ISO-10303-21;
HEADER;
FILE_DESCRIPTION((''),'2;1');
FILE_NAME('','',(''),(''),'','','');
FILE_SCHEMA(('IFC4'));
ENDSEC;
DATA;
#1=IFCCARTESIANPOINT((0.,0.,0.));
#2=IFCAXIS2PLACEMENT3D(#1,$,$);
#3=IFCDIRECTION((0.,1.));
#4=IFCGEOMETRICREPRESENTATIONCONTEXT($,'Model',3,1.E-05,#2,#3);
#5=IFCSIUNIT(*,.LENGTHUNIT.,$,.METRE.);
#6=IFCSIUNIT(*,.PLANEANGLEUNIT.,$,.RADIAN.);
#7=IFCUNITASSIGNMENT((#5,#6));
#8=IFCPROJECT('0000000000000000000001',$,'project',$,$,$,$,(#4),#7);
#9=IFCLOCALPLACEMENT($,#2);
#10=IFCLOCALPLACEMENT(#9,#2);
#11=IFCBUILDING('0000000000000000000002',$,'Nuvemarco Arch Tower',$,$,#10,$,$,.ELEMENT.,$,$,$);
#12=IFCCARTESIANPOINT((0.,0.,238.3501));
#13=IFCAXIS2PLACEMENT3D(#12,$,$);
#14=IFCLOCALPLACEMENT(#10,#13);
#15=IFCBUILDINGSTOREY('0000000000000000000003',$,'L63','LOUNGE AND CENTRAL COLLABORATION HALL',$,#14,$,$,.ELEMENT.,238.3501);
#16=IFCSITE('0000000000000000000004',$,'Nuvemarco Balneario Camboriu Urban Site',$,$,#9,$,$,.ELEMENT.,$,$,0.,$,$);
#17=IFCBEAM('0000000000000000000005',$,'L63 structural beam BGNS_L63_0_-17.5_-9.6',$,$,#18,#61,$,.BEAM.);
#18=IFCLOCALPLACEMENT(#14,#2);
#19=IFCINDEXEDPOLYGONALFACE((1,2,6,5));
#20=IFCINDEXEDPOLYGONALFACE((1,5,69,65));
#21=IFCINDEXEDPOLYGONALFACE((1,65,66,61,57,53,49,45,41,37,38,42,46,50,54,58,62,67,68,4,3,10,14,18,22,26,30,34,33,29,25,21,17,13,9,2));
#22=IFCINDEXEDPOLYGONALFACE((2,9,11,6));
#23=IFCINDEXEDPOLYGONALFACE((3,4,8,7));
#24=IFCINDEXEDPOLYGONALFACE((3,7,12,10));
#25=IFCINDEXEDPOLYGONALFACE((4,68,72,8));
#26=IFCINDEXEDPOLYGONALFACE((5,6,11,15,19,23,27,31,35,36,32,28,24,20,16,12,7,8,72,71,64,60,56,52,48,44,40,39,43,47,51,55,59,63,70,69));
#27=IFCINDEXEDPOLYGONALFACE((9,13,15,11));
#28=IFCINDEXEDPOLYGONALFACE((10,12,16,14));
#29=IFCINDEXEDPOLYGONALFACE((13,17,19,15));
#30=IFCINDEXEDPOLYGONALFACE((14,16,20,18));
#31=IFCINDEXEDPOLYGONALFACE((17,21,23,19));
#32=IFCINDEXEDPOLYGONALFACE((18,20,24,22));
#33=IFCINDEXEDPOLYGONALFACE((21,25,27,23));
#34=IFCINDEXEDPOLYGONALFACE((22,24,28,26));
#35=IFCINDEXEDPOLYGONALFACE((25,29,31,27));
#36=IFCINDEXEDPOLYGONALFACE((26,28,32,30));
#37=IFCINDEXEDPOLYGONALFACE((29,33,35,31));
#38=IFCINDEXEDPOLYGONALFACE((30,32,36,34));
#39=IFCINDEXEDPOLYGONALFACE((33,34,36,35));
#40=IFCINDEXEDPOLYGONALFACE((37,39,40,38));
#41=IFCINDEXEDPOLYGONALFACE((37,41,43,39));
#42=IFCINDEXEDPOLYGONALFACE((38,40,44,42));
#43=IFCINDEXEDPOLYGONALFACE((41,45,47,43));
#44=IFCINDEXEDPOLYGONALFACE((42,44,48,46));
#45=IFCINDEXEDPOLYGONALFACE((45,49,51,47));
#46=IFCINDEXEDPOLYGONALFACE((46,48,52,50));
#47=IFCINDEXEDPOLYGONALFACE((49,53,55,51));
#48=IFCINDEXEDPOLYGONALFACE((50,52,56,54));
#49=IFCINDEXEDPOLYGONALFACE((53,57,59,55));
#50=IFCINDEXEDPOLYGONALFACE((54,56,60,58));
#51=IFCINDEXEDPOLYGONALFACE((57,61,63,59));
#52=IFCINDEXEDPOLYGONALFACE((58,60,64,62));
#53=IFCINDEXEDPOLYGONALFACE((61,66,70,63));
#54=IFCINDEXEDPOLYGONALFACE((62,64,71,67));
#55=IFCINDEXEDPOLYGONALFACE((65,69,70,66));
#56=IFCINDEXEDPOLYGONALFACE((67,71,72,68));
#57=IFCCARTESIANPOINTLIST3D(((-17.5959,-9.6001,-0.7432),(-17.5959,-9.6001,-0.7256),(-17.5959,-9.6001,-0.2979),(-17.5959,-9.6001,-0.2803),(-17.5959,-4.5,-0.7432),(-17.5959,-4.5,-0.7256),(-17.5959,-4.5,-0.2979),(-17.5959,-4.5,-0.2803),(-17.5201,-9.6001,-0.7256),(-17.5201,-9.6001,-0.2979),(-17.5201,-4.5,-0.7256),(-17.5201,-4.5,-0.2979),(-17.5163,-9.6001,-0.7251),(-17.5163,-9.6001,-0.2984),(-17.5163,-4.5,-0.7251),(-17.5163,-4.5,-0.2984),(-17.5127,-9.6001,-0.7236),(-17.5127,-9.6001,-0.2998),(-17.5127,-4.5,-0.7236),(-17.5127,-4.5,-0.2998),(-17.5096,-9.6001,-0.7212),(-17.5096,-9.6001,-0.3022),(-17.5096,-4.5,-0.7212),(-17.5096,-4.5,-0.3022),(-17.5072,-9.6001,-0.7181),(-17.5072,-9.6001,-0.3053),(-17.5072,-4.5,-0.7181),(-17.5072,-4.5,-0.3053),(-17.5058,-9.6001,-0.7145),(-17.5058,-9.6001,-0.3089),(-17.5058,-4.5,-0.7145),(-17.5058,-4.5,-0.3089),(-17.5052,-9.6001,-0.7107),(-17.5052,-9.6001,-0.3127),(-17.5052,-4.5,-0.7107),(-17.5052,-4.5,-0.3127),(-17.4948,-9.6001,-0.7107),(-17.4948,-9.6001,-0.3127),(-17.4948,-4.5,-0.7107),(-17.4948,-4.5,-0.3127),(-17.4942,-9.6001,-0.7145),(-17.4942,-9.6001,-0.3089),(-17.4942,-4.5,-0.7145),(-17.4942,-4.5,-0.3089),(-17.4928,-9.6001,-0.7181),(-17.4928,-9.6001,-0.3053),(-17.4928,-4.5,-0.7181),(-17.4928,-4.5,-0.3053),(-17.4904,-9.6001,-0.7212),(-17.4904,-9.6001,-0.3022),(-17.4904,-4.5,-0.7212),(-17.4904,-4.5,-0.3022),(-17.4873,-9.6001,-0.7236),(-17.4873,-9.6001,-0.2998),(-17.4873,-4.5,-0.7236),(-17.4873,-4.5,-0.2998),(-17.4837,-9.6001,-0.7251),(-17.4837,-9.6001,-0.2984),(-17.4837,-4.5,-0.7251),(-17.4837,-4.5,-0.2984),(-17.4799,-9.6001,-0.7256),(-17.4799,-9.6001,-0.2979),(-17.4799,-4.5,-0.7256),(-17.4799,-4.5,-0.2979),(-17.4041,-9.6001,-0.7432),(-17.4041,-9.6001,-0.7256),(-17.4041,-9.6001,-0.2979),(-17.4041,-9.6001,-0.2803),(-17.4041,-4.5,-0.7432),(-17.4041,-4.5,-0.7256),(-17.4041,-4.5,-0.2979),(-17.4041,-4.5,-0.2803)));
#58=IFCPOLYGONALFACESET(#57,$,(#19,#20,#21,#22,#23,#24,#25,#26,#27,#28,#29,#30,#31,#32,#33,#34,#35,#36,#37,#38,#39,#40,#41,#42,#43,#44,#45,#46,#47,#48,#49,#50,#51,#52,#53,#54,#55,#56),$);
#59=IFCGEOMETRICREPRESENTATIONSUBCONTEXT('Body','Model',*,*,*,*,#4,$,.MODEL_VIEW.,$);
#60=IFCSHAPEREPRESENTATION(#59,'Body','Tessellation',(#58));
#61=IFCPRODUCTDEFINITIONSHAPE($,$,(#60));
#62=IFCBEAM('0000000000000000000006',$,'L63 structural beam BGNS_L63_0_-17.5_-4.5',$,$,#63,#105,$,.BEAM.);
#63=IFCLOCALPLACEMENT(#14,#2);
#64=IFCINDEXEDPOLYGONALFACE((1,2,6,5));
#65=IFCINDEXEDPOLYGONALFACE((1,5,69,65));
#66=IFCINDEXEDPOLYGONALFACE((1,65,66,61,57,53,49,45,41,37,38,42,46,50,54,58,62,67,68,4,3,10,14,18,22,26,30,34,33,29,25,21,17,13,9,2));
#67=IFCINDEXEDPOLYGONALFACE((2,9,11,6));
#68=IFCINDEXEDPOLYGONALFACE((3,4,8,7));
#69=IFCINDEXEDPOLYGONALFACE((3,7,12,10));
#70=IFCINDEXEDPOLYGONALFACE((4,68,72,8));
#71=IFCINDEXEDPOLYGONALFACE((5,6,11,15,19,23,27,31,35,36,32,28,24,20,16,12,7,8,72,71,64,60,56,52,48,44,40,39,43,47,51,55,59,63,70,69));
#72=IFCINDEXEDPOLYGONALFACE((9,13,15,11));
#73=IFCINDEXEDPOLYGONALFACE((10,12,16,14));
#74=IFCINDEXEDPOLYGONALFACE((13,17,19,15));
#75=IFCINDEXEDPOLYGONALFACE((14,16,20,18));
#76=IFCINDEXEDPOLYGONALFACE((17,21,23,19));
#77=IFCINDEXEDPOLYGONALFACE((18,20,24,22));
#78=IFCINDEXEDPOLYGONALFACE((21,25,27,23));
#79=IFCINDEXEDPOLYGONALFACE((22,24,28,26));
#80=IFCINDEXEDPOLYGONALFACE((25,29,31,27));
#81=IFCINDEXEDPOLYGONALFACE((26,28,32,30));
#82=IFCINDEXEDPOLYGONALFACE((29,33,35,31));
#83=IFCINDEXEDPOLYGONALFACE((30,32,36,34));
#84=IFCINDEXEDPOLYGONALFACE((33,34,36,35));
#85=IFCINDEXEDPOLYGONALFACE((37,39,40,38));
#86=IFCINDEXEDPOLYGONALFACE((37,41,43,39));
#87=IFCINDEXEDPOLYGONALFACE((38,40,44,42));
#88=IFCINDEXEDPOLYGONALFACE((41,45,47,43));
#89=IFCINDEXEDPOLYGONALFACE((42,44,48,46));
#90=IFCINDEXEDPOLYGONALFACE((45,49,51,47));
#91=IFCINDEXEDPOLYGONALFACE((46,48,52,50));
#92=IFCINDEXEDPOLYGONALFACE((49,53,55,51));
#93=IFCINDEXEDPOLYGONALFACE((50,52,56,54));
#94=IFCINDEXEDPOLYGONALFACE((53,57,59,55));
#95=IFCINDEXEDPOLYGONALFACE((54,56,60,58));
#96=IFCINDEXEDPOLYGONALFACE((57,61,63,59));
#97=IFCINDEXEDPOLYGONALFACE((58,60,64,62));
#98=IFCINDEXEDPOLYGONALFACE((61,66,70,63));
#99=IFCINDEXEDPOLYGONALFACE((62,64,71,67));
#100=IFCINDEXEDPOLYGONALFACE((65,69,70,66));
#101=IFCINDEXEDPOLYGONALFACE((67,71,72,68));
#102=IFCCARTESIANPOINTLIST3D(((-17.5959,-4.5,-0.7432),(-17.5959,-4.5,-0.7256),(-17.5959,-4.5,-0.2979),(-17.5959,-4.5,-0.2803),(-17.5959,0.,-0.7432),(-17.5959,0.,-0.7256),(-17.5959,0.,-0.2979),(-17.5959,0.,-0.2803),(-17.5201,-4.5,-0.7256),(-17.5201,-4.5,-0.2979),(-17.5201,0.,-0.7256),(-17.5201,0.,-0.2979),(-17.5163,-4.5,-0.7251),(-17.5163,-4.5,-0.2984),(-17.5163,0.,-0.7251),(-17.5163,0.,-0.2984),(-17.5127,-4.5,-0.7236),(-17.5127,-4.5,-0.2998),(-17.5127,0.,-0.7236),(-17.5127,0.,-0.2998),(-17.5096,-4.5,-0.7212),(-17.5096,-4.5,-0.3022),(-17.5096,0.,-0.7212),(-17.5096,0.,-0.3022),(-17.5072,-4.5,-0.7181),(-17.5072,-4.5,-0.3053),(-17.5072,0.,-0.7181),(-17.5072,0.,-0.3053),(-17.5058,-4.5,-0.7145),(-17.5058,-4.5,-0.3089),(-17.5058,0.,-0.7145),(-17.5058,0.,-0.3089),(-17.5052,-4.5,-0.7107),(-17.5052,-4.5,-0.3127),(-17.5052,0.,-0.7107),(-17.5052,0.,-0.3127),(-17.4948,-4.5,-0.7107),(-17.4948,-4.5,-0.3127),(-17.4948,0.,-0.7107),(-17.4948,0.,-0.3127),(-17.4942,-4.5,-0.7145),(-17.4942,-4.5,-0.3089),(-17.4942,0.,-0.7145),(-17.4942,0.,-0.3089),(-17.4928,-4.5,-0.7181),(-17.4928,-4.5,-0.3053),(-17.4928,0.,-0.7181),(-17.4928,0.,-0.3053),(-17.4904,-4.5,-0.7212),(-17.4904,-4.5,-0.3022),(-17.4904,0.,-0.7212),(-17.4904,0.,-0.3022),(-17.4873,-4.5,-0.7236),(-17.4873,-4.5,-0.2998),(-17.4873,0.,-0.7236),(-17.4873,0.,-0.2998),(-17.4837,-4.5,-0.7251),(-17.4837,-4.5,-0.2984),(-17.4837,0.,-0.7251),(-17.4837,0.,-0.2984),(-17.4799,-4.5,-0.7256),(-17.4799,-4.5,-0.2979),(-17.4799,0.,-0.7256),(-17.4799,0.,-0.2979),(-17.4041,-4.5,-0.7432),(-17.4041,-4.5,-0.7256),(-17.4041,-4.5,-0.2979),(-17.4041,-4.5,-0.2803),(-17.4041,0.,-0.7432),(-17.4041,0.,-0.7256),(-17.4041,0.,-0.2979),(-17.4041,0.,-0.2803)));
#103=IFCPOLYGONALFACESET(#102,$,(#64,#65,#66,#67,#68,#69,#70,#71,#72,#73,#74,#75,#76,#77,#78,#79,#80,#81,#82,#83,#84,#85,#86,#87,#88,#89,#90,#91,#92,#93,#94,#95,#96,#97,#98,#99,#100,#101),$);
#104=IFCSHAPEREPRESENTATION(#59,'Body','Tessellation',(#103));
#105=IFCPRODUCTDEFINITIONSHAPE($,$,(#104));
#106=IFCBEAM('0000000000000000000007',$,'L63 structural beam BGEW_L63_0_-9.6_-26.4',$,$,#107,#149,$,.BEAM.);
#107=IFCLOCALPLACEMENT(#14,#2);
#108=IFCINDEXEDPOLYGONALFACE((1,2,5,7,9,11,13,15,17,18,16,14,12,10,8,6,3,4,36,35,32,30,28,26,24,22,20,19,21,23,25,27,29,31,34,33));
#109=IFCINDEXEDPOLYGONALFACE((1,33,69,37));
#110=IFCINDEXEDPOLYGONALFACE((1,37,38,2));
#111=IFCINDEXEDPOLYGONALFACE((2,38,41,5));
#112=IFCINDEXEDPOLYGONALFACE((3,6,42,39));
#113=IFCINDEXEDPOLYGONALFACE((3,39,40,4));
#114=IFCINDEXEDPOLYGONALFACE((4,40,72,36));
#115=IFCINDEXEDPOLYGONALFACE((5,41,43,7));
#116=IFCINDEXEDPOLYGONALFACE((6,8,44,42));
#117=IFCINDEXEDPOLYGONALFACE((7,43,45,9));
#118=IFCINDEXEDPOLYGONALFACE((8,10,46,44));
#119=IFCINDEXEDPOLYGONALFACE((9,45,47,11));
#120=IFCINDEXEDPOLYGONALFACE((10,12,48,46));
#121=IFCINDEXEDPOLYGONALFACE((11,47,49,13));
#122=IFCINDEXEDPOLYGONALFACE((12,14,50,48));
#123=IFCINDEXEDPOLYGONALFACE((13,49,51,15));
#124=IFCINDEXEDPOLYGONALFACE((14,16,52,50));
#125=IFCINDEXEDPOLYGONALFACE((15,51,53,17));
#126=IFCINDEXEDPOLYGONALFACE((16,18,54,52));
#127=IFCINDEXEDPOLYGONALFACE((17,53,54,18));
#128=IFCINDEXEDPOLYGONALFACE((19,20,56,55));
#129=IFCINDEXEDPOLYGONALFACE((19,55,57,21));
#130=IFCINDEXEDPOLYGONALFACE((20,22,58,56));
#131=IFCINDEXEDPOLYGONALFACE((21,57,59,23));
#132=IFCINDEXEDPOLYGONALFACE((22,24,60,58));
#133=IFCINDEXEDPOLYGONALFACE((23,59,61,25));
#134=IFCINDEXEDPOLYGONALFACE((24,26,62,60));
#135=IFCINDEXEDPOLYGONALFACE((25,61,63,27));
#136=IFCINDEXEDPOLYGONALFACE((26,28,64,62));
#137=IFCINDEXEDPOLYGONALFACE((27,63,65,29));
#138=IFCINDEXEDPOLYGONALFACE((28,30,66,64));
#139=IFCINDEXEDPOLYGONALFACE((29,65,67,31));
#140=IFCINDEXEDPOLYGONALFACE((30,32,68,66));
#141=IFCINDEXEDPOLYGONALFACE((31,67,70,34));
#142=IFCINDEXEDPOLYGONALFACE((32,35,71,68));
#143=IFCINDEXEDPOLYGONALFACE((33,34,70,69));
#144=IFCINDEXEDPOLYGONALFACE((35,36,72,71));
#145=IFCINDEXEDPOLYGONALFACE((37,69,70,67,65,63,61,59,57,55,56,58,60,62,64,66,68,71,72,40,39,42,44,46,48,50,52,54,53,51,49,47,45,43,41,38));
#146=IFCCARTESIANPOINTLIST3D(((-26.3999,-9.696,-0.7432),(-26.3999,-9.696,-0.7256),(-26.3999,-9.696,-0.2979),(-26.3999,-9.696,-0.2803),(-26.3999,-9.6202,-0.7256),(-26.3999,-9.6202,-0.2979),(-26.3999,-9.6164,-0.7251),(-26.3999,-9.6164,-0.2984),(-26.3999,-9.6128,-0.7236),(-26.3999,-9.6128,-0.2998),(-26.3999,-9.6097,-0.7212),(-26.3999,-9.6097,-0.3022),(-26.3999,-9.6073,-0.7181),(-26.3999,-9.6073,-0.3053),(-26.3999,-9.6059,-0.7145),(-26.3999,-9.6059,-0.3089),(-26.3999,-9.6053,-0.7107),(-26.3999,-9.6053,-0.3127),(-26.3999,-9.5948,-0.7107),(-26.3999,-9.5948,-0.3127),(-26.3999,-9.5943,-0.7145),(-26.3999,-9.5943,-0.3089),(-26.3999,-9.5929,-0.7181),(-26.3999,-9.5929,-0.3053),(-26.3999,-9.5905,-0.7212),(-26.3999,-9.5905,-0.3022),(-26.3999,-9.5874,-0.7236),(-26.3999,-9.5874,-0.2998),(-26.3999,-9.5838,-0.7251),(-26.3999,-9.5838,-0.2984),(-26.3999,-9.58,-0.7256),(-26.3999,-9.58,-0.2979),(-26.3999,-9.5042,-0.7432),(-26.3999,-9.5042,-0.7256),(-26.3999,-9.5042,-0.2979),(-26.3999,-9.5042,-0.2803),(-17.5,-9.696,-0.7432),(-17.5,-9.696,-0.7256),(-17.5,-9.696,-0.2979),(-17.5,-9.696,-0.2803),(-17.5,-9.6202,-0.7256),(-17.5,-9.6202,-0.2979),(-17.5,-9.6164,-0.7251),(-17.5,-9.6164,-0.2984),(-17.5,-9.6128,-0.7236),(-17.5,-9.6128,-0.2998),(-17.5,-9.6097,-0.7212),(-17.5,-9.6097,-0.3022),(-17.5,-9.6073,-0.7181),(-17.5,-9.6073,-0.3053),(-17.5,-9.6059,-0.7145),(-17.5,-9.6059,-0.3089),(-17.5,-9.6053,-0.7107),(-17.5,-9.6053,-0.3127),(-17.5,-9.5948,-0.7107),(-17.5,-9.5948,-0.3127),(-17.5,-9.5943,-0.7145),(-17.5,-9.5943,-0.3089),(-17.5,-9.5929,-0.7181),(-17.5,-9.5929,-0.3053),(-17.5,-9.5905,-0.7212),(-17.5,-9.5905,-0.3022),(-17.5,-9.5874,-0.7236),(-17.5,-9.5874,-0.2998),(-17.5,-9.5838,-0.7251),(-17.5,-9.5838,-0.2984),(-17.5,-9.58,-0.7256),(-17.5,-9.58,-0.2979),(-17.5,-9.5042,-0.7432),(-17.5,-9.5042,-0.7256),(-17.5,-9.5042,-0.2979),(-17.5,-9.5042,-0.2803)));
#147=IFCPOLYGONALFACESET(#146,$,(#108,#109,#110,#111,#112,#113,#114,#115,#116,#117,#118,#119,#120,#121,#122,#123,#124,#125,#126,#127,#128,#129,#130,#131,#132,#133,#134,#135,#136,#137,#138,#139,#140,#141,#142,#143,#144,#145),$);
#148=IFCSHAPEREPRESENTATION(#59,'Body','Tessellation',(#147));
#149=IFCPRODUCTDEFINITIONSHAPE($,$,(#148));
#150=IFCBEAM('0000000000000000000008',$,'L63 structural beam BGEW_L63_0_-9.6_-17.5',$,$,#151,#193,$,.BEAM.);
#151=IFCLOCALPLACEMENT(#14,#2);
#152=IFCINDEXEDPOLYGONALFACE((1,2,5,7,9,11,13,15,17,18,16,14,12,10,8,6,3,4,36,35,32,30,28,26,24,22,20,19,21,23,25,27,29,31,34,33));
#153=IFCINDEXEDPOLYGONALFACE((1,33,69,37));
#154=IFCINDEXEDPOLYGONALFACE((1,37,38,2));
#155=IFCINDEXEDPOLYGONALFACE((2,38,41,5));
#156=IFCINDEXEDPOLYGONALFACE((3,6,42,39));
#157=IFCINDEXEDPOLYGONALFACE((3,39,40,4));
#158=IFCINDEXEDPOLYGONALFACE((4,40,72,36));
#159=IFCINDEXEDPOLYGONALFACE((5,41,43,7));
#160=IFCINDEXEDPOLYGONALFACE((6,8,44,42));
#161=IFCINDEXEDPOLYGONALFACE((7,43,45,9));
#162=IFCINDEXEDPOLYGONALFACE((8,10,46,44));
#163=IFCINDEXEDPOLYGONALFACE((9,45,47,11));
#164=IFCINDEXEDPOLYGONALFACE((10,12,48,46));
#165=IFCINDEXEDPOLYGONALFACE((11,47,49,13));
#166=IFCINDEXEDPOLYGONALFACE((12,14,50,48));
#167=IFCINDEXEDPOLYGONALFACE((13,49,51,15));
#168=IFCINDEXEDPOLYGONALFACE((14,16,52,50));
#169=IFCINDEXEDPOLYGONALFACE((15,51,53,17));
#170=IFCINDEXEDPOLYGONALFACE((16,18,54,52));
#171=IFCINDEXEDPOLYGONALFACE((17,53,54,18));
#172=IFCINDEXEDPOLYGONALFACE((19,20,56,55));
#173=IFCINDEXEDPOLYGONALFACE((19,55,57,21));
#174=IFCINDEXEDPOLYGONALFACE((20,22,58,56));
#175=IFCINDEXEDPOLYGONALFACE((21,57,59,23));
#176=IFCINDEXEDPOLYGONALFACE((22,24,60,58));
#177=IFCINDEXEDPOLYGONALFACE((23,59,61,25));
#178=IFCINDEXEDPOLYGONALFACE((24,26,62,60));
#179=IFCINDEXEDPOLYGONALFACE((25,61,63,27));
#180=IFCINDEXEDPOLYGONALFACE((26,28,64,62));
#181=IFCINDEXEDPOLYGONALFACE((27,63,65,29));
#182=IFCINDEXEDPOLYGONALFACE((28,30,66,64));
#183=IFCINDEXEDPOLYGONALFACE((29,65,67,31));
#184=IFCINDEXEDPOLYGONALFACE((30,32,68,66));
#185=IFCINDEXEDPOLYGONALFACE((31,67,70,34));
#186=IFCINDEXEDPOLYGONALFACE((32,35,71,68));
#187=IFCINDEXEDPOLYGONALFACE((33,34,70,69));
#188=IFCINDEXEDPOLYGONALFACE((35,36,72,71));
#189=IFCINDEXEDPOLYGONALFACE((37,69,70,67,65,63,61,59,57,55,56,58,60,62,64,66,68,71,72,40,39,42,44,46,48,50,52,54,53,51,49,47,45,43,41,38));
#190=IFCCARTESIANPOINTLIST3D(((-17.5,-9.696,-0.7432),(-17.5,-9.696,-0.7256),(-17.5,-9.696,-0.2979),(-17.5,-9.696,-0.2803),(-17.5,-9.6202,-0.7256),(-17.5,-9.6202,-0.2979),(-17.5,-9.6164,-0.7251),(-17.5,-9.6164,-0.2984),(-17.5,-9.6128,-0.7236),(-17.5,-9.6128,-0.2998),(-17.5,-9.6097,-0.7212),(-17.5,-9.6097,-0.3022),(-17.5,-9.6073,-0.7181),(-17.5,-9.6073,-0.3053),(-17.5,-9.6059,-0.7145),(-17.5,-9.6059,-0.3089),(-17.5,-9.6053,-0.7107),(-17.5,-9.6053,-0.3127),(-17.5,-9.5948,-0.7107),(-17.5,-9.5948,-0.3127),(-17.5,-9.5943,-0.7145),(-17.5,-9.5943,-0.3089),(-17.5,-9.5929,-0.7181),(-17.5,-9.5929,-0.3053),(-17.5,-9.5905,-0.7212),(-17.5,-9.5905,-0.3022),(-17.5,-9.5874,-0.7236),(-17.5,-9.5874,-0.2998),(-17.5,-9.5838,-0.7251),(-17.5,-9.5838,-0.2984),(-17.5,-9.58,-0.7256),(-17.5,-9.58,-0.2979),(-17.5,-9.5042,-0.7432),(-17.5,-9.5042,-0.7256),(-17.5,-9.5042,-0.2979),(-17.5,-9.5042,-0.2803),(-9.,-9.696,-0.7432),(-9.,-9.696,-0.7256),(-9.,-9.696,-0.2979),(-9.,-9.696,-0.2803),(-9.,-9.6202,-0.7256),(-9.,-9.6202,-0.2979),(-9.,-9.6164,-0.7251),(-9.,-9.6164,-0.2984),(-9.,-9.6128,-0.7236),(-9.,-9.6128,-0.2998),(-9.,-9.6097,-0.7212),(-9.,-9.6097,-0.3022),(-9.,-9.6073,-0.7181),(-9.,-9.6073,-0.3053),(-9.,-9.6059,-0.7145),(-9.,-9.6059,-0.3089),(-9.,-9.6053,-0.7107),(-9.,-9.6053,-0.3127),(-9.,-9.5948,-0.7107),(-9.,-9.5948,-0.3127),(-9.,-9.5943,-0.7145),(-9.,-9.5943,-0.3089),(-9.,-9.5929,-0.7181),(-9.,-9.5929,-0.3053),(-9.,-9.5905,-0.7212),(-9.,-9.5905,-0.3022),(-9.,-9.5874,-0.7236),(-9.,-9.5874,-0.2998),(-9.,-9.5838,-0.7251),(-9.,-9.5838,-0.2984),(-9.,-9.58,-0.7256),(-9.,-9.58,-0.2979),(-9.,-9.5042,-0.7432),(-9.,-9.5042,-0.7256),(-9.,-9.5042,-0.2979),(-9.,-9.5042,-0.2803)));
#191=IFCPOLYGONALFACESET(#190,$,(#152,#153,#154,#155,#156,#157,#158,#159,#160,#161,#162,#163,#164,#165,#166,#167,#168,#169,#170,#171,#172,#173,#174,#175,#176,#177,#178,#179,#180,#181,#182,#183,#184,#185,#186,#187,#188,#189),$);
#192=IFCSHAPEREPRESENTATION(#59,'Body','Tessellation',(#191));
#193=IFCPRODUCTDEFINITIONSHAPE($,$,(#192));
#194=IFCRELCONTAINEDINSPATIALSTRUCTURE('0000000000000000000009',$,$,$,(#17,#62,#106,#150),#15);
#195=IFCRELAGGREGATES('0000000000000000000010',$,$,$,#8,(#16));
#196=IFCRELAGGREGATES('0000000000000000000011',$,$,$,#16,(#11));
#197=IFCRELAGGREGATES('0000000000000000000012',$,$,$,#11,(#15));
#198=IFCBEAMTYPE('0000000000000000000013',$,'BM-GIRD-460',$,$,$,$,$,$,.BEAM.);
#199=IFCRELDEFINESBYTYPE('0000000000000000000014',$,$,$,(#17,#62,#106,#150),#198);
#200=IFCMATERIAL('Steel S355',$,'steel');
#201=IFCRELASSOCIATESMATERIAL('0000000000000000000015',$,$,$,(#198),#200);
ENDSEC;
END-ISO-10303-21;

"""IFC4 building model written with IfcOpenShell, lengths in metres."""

from ifc_helpers import new_model, si_unit, direction, frame, origin, origin_2d, place, context, subcontext, project, spatial, i_section, extrude, material, material_profile, profile_set, type_object, element, save


model = new_model("IFC4")

# Units and contexts
model_context = context("Model", 3, precision=1e-05, world=origin(), true_north=direction((0.0, 1.0)))
body_context = subcontext(model_context, "Body", "Model", "MODEL_VIEW")
ifc_project = project(units=[si_unit("LENGTHUNIT", "METRE"), si_unit("PLANEANGLEUNIT", "RADIAN")], contexts=[model_context])

# Site, building, storey
site_placement = place(None, origin())
site = spatial("IfcSite", under=ifc_project, at=site_placement, Name="Nuvemarco Balneario Camboriu Urban Site", CompositionType="ELEMENT", RefElevation=0.0)
building_placement = place(site_placement, origin())
building = spatial("IfcBuilding", under=site, at=building_placement, Name="Nuvemarco Arch Tower", CompositionType="ELEMENT")
storey_placement = place(building_placement, frame((0.0, 0.0, 238.3501)))
storey = spatial("IfcBuildingStorey", under=building, at=storey_placement, Name="L63", Description="LOUNGE AND CENTRAL COLLABORATION HALL", CompositionType="ELEMENT", Elevation=238.3501)

# Shared definitions
ifc_material_1 = material(Name="Steel S355", Category="steel")

# Beams
ifc_material_profile_1 = material_profile(ifc_material_1, i_section(OverallWidth=0.1919, OverallDepth=0.4629, WebThickness=0.0105, FlangeThickness=0.0176, FilletRadius=0.0149, at=origin_2d()), Name="W460x89")
ifc_profile_set_1 = profile_set([ifc_material_profile_1], Name="Steel S355")
beam_type_1 = type_object("IfcBeamType", Name="BM-GIRD-460", PredefinedType="BEAM", material=ifc_profile_set_1)
beam_1_placement = place(storey_placement, frame((-17.5, -9.6001, -0.5117), z_axis=(0.0, 1.0, 0.0), x_axis=(-1.0, 0.0, 0.0)))
element("IfcBeam", 1, at=beam_1_placement, inside=storey, type_object=beam_type_1, Name="L63 structural beam BGNS_L63_0_-17.5_-9.6", PredefinedType="BEAM", context=body_context, shape_type="SweptSolid", body=[
    extrude(i_section(OverallWidth=0.1919, OverallDepth=0.4629, WebThickness=0.0105, FlangeThickness=0.0176, FilletRadius=0.0149, at=origin_2d()), origin(), (0.0, 0.0, 1.0), 5.1001),
])
beam_2_placement = place(storey_placement, frame((-17.5, -4.5, -0.5117), z_axis=(0.0, 1.0, 0.0), x_axis=(-1.0, 0.0, 0.0)))
element("IfcBeam", 2, at=beam_2_placement, inside=storey, type_object=beam_type_1, Name="L63 structural beam BGNS_L63_0_-17.5_-4.5", PredefinedType="BEAM", context=body_context, shape_type="SweptSolid", body=[
    extrude(i_section(OverallWidth=0.1919, OverallDepth=0.4629, WebThickness=0.0105, FlangeThickness=0.0176, FilletRadius=0.0149, at=origin_2d()), origin(), (0.0, 0.0, 1.0), 4.5),
])
beam_3_placement = place(storey_placement, frame((-26.3999, -9.6001, -0.5117), z_axis=(1.0, 0.0, 0.0), x_axis=(0.0, 1.0, 0.0)))
element("IfcBeam", 3, at=beam_3_placement, inside=storey, type_object=beam_type_1, Name="L63 structural beam BGEW_L63_0_-9.6_-26.4", PredefinedType="BEAM", context=body_context, shape_type="SweptSolid", body=[
    extrude(i_section(OverallWidth=0.1919, OverallDepth=0.4629, WebThickness=0.0105, FlangeThickness=0.0176, FilletRadius=0.0149, at=origin_2d()), origin(), (0.0, 0.0, 1.0), 8.8999),
])
beam_4_placement = place(storey_placement, frame((-17.5, -9.6001, -0.5117), z_axis=(1.0, 0.0, 0.0), x_axis=(0.0, 1.0, 0.0)))
element("IfcBeam", 4, at=beam_4_placement, inside=storey, type_object=beam_type_1, Name="L63 structural beam BGEW_L63_0_-9.6_-17.5", PredefinedType="BEAM", context=body_context, shape_type="SweptSolid", body=[
    extrude(i_section(OverallWidth=0.1919, OverallDepth=0.4629, WebThickness=0.0105, FlangeThickness=0.0176, FilletRadius=0.0149, at=origin_2d()), origin(), (0.0, 0.0, 1.0), 8.5),
])

save(model, "model.ifc")
